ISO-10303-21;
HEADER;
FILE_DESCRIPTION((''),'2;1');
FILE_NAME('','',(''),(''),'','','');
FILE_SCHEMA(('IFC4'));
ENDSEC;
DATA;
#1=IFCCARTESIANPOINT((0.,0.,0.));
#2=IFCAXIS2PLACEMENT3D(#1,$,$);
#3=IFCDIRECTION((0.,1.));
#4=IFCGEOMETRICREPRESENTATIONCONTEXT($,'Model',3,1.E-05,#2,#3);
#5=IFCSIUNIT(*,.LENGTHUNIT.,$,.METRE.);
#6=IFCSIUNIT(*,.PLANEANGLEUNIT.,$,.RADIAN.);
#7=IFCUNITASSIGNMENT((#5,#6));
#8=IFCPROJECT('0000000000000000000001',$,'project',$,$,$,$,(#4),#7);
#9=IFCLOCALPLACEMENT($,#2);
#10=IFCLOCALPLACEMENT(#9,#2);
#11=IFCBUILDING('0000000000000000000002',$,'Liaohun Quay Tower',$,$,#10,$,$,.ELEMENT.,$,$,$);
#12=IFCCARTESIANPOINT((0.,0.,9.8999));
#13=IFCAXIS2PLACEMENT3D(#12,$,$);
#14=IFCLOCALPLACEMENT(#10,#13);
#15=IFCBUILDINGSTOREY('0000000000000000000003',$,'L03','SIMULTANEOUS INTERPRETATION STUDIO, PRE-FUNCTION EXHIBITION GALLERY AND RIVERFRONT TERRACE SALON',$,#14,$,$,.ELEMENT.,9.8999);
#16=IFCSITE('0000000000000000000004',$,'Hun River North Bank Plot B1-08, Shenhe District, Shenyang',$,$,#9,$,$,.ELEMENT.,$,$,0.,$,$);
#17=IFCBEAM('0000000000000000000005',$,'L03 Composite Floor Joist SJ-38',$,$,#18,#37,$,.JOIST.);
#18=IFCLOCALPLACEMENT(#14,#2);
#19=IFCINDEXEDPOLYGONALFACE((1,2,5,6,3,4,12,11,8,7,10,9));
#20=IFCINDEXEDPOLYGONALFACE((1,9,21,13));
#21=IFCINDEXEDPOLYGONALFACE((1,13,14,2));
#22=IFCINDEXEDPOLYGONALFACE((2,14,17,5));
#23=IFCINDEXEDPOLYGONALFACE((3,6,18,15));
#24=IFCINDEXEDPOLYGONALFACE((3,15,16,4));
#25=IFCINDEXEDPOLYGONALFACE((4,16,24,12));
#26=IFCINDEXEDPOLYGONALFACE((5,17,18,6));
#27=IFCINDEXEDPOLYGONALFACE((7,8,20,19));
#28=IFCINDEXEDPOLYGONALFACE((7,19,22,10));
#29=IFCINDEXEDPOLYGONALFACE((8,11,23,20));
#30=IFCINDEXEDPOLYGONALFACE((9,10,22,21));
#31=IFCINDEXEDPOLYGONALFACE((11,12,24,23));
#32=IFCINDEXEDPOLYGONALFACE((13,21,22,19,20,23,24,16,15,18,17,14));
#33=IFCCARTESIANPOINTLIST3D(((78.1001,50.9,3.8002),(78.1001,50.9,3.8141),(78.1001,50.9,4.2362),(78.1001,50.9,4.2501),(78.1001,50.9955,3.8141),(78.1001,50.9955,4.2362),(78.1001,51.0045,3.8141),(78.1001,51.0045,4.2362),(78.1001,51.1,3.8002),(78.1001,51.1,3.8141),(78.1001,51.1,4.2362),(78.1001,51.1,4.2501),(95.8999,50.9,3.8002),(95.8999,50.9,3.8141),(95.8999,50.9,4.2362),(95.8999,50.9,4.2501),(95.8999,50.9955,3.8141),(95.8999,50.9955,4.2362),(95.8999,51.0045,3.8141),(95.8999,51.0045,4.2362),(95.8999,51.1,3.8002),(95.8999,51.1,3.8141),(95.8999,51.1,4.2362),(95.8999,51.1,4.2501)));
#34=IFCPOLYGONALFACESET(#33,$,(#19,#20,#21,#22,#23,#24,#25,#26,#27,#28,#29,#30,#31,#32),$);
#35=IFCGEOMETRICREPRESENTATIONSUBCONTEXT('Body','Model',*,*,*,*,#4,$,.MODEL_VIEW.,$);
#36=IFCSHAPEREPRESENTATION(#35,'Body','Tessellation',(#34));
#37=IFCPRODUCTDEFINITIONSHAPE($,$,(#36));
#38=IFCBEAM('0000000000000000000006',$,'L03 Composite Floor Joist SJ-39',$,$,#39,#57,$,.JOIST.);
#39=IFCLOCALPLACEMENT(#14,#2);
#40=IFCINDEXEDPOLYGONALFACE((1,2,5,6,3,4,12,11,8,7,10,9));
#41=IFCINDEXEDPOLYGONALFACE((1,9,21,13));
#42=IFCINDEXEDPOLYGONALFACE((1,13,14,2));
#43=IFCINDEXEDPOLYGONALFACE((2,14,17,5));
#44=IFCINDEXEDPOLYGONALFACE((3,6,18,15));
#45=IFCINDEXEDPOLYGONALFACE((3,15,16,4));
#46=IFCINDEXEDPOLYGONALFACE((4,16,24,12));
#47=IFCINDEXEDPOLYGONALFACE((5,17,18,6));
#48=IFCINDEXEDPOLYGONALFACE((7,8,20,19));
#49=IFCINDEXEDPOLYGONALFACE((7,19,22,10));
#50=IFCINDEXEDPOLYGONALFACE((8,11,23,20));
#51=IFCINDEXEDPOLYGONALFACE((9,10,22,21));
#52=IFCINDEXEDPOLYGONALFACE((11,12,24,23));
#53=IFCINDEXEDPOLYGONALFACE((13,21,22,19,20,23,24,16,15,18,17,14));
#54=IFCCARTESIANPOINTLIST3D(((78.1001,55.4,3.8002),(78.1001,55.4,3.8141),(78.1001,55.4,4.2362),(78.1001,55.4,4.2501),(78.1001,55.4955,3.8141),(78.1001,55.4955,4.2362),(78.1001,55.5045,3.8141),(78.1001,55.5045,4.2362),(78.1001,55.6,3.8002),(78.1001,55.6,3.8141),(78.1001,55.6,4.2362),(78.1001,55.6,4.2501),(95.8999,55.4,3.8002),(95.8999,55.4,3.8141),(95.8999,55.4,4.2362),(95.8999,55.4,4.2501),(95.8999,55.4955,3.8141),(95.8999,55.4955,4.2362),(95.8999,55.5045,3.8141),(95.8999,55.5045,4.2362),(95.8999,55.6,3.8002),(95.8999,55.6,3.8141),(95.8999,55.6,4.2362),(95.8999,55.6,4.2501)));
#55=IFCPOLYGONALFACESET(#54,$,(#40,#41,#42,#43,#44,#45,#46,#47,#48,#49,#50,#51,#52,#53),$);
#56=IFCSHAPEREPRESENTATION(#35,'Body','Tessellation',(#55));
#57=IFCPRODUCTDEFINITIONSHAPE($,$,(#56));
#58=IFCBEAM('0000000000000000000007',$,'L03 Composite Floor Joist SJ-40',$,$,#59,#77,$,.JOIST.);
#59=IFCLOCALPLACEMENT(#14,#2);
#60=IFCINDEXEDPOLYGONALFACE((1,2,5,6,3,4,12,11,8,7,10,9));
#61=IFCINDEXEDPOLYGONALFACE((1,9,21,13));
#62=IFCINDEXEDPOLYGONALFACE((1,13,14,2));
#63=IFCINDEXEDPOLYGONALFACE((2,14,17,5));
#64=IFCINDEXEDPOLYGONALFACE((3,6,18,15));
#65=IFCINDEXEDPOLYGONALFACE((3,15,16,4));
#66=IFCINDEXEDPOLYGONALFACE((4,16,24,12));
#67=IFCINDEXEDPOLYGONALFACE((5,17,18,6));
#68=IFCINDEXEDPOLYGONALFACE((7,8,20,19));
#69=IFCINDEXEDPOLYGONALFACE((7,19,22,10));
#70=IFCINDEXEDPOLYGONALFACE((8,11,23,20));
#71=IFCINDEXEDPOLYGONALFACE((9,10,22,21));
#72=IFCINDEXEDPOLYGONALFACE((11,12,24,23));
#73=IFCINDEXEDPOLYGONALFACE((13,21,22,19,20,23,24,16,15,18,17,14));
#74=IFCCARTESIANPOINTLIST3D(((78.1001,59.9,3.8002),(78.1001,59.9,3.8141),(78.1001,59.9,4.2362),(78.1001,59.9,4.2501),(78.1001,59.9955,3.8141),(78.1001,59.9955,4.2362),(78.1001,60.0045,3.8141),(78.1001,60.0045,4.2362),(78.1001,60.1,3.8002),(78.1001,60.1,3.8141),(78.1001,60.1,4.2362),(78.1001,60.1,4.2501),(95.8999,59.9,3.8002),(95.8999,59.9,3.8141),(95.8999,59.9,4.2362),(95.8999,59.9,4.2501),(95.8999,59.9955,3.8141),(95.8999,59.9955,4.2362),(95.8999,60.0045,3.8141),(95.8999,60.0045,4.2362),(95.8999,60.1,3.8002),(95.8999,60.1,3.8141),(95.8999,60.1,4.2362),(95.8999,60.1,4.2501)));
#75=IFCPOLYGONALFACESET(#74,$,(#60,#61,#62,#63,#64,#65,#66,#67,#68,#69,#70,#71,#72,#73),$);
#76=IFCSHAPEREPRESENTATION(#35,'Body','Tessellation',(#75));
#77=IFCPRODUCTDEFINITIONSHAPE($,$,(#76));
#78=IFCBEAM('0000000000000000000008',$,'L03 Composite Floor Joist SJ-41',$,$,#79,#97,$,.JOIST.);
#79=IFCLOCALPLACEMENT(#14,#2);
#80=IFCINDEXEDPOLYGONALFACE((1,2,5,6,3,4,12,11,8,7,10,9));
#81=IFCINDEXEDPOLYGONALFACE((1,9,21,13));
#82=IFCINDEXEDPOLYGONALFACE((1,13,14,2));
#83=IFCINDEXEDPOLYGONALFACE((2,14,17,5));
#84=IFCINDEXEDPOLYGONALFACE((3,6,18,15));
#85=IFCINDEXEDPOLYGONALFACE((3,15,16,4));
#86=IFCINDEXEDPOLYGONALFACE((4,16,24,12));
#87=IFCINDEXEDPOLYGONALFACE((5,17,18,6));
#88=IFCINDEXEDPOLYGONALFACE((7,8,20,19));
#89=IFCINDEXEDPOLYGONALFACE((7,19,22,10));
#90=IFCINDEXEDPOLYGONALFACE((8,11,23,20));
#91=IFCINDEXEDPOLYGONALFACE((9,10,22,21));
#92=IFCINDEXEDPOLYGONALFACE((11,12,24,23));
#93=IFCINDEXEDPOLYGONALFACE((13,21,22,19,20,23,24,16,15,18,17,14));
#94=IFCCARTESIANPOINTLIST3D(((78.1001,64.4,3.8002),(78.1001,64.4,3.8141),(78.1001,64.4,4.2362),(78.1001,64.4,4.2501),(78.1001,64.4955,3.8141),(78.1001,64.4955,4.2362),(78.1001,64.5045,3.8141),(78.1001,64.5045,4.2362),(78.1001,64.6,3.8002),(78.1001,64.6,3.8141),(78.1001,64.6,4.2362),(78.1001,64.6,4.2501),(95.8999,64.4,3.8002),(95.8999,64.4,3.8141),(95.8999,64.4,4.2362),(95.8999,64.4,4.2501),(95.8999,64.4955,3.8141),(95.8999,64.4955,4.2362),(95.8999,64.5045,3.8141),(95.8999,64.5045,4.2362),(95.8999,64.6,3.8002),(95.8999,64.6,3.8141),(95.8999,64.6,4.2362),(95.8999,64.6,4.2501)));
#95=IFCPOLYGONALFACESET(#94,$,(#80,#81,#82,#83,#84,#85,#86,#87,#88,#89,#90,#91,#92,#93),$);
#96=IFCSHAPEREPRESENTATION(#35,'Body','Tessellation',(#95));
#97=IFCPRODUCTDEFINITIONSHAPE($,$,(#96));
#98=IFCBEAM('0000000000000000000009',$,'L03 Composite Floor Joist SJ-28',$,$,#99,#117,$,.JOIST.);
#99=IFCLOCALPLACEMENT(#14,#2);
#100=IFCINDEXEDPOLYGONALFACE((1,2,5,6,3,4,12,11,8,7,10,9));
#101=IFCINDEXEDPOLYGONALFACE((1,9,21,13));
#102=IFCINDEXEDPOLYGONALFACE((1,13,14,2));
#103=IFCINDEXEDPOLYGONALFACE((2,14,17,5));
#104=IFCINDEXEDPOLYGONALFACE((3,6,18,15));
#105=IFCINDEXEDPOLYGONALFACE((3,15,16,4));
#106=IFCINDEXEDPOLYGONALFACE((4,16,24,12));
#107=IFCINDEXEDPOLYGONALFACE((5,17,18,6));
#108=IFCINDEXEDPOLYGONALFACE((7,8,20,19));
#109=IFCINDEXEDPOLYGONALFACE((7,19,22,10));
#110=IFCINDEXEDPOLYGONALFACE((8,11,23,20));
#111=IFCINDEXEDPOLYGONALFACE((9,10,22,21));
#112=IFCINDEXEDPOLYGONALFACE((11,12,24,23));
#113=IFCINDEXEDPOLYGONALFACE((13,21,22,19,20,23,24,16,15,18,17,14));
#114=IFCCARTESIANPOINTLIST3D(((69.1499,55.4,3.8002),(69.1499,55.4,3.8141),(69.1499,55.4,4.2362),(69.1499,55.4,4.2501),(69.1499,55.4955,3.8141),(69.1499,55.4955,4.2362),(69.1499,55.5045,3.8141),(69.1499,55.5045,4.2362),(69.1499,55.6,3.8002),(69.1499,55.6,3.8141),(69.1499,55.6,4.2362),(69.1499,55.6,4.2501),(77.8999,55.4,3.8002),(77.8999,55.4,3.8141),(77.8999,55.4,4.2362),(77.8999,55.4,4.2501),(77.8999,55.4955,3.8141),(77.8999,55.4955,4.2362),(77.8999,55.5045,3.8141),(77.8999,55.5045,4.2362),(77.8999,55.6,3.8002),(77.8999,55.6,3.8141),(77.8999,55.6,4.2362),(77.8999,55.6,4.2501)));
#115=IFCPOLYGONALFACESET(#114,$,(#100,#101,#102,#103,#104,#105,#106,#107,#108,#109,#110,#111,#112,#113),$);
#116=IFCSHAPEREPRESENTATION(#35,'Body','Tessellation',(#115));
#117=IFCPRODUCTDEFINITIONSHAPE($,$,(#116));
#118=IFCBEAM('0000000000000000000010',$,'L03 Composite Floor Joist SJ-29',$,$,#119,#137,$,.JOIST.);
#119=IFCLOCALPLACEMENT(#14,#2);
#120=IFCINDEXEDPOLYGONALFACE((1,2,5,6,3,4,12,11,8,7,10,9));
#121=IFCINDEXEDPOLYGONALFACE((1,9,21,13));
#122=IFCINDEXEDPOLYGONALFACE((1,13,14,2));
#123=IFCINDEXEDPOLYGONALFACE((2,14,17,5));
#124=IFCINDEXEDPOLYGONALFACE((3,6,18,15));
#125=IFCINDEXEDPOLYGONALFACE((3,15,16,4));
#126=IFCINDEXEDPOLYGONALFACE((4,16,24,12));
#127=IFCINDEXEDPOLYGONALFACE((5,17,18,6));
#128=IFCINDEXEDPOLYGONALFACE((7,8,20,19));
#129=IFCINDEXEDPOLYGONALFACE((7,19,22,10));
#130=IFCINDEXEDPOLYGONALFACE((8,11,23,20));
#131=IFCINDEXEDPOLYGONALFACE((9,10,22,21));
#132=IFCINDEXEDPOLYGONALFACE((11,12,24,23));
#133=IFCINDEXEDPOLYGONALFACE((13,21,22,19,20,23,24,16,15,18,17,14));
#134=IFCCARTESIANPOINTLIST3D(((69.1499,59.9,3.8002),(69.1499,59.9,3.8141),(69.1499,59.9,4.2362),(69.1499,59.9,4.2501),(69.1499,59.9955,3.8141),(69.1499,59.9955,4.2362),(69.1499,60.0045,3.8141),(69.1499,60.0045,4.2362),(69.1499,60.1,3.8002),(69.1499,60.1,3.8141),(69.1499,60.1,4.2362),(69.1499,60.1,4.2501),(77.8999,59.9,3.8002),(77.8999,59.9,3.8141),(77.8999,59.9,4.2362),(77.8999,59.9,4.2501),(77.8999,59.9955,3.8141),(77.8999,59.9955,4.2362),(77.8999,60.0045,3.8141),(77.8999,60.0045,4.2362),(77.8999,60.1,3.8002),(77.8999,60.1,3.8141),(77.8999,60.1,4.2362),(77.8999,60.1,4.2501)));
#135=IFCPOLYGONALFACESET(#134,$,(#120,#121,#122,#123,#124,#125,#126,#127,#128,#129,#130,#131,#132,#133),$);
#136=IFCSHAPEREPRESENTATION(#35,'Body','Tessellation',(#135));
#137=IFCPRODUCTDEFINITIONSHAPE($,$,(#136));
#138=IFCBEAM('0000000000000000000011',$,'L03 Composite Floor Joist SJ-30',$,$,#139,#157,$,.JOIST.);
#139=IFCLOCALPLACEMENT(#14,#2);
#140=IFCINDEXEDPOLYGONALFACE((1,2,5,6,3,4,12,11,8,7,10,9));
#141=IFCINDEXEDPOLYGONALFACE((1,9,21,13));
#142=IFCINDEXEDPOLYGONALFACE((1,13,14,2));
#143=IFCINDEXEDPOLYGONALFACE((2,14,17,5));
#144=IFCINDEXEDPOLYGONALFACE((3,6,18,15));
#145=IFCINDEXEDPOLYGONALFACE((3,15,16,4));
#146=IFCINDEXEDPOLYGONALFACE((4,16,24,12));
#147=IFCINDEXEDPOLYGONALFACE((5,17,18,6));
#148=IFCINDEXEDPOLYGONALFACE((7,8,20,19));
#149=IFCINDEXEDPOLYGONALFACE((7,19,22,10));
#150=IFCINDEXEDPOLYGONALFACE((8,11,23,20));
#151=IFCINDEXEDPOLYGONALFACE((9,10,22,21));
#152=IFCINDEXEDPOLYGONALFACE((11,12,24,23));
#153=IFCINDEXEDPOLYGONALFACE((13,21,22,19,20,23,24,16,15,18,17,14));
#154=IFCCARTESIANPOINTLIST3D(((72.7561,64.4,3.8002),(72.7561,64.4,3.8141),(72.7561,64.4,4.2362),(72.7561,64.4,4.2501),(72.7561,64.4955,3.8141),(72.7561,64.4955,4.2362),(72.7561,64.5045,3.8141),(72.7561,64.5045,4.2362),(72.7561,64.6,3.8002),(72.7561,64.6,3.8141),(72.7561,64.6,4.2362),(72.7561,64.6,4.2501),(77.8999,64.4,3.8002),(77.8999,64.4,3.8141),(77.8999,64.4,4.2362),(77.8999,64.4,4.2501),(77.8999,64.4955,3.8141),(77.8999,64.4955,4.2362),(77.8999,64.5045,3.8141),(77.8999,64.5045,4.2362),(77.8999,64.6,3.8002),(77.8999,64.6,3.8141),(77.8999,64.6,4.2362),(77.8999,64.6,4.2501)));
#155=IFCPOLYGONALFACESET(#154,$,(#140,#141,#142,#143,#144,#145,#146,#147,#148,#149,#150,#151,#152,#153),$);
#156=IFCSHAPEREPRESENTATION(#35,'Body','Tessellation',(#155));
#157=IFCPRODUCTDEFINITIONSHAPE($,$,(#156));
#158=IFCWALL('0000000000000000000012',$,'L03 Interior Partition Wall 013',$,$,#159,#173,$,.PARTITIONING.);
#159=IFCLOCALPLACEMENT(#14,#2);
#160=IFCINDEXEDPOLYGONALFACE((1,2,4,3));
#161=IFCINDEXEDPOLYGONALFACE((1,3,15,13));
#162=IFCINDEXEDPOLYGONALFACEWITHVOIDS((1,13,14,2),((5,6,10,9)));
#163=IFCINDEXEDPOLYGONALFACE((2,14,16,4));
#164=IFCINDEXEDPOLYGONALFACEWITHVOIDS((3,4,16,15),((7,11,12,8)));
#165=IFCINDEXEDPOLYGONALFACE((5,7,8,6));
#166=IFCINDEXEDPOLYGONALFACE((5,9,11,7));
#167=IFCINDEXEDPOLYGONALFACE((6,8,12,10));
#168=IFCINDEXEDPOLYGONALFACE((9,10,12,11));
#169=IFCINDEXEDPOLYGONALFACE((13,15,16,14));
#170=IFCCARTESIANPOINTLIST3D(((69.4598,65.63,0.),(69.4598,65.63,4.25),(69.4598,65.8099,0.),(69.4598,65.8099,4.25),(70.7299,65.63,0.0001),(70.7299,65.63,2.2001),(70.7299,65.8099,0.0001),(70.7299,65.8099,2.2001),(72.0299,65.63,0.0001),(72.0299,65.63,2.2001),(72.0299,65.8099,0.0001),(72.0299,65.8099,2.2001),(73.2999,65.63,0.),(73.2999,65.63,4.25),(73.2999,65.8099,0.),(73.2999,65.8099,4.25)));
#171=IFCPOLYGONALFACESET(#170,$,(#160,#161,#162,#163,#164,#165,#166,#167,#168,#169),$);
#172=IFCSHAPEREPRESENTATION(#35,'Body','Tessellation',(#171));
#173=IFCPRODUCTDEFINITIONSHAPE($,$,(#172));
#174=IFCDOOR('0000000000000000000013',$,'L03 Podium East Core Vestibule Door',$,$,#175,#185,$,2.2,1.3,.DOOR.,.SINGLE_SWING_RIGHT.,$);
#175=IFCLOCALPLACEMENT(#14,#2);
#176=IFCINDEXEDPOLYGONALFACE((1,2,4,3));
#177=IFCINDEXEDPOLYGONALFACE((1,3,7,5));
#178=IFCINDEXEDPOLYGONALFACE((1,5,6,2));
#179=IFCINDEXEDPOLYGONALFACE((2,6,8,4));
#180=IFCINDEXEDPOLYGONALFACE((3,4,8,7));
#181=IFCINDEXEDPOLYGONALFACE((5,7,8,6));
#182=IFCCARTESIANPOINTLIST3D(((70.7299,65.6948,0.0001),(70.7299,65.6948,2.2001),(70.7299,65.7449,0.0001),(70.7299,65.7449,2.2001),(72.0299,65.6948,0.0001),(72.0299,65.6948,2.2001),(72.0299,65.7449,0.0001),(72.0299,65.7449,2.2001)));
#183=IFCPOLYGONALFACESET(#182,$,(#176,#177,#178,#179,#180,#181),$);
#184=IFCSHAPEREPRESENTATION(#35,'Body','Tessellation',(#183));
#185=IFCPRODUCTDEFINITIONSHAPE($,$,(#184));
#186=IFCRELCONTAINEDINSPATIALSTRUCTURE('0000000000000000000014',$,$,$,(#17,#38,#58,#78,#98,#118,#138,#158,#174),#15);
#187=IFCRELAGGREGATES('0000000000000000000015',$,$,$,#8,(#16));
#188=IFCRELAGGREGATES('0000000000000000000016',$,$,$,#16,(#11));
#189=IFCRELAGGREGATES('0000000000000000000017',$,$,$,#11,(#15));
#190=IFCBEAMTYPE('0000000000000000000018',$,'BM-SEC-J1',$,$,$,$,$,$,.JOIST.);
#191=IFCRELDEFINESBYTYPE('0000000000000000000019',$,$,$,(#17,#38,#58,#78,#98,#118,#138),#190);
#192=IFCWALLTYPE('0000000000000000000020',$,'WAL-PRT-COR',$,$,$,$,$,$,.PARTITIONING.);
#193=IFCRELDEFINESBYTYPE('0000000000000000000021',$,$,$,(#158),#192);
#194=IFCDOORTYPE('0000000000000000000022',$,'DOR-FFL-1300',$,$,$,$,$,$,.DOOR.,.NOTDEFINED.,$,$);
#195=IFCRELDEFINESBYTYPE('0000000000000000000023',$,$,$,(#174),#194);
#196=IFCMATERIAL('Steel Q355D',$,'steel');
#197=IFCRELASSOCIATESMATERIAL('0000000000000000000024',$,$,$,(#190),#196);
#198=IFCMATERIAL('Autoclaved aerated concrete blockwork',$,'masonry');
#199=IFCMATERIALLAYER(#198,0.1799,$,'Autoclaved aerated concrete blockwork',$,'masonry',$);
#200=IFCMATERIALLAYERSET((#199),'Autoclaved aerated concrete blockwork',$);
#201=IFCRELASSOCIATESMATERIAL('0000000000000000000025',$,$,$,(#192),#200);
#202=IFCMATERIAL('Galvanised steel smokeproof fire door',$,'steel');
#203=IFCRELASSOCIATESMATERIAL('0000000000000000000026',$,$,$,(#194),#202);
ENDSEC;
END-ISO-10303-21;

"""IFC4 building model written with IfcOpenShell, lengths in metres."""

from ifc_helpers import new_model, si_unit, direction, frame, frame_2d, origin, origin_2d, place, context, subcontext, project, spatial, rectangle, i_section, extrude, source, transform, mapped, material, layer, layer_set, material_profile, profile_set, type_object, element, fill, save


model = new_model("IFC4")

# Units and contexts
model_context = context("Model", 3, precision=1e-05, world=origin(), true_north=direction((0.0, 1.0)))
body_context = subcontext(model_context, "Body", "Model", "MODEL_VIEW")
ifc_project = project(units=[si_unit("LENGTHUNIT", "METRE"), si_unit("PLANEANGLEUNIT", "RADIAN")], contexts=[model_context])

# Site, building, storey
site_placement = place(None, origin())
site = spatial("IfcSite", under=ifc_project, at=site_placement, Name="Hun River North Bank Plot B1-08, Shenhe District, Shenyang", CompositionType="ELEMENT", RefElevation=0.0)
building_placement = place(site_placement, origin())
building = spatial("IfcBuilding", under=site, at=building_placement, Name="Liaohun Quay Tower", CompositionType="ELEMENT")
storey_placement = place(building_placement, frame((0.0, 0.0, 9.8999)))
storey = spatial("IfcBuildingStorey", under=building, at=storey_placement, Name="L03", Description="SIMULTANEOUS INTERPRETATION STUDIO, PRE-FUNCTION EXHIBITION GALLERY AND RIVERFRONT TERRACE SALON", CompositionType="ELEMENT", Elevation=9.8999)

# Beams
ifc_material_1 = material(Name="Steel Q355D", Category="steel")
ifc_material_profile = material_profile(ifc_material_1, i_section(OverallWidth=0.2, OverallDepth=0.45, WebThickness=0.009, FlangeThickness=0.0139, at=origin_2d()), Name="HN450x200x9x14")
ifc_profile_set = profile_set([ifc_material_profile], Name="Steel Q355D")
beam_type = type_object("IfcBeamType", Name="BM-SEC-J1", PredefinedType="JOIST", material=ifc_profile_set)
shared_shape_1 = source(origin(), body_context, "Body", "SweptSolid", [
    extrude(i_section(OverallWidth=0.2, OverallDepth=0.45, WebThickness=0.009, FlangeThickness=0.0139, at=origin_2d()), origin(), (0.0, 0.0, 1.0), 17.7998),
])
for number, where, z_axis, x_axis, name in (
    (1, (78.1001, 51.0, 4.0251), (1.0, 0.0, 0.0), (0.0, 1.0, 0.0), "L03 Composite Floor Joist SJ-38"),
    (2, (78.1001, 55.5, 4.0251), (1.0, 0.0, 0.0), (0.0, 1.0, 0.0), "L03 Composite Floor Joist SJ-39"),
    (3, (78.1001, 60.0, 4.0251), (1.0, 0.0, 0.0), (0.0, 1.0, 0.0), "L03 Composite Floor Joist SJ-40"),
    (4, (78.1001, 64.5, 4.0251), (1.0, 0.0, 0.0), (0.0, 1.0, 0.0), "L03 Composite Floor Joist SJ-41"),
):
    element("IfcBeam", number, at=place(storey_placement, frame(where, z_axis=z_axis, x_axis=x_axis)), inside=storey, type_object=beam_type, Name=name, PredefinedType="JOIST", context=body_context, shape_type="MappedRepresentation", body=[
        mapped(shared_shape_1, transform((0.0, 0.0, 0.0), x_axis=(1.0, 0.0, 0.0), y_axis=(0.0, 1.0, 0.0), z_axis=(0.0, 0.0, 1.0), scale=1.0)),
    ])
shared_shape_2 = source(origin(), body_context, "Body", "SweptSolid", [
    extrude(i_section(OverallWidth=0.2, OverallDepth=0.45, WebThickness=0.009, FlangeThickness=0.0139, at=origin_2d()), origin(), (0.0, 0.0, 1.0), 8.75),
])
for number, where, z_axis, x_axis, name in (
    (5, (69.1499, 55.5, 4.0251), (1.0, 0.0, 0.0), (0.0, 1.0, 0.0), "L03 Composite Floor Joist SJ-28"),
    (6, (69.1499, 60.0, 4.0251), (1.0, 0.0, 0.0), (0.0, 1.0, 0.0), "L03 Composite Floor Joist SJ-29"),
):
    element("IfcBeam", number, at=place(storey_placement, frame(where, z_axis=z_axis, x_axis=x_axis)), inside=storey, type_object=beam_type, Name=name, PredefinedType="JOIST", context=body_context, shape_type="MappedRepresentation", body=[
        mapped(shared_shape_2, transform((0.0, 0.0, 0.0), x_axis=(1.0, 0.0, 0.0), y_axis=(0.0, 1.0, 0.0), z_axis=(0.0, 0.0, 1.0), scale=1.0)),
    ])
shared_shape_3 = source(origin(), body_context, "Body", "SweptSolid", [
    extrude(i_section(OverallWidth=0.2, OverallDepth=0.45, WebThickness=0.009, FlangeThickness=0.0139, at=origin_2d()), origin(), (0.0, 0.0, 1.0), 5.1438),
])
beam_placement = place(storey_placement, frame((72.7561, 64.5, 4.0251), z_axis=(1.0, 0.0, 0.0), x_axis=(0.0, 1.0, 0.0)))
element("IfcBeam", 7, at=beam_placement, inside=storey, type_object=beam_type, Name="L03 Composite Floor Joist SJ-30", PredefinedType="JOIST", context=body_context, shape_type="MappedRepresentation", body=[
    mapped(shared_shape_3, transform((0.0, 0.0, 0.0), x_axis=(1.0, 0.0, 0.0), y_axis=(0.0, 1.0, 0.0), z_axis=(0.0, 0.0, 1.0), scale=1.0)),
])

# Wall, opening, door
ifc_material_2 = material(Name="Autoclaved aerated concrete blockwork", Category="masonry")
ifc_layer_1 = layer(ifc_material_2, 0.1799, Name="Autoclaved aerated concrete blockwork", Category="masonry")
ifc_layer_set_1 = layer_set([ifc_layer_1], Name="Autoclaved aerated concrete blockwork")
wall_type_1 = type_object("IfcWallType", Name="WAL-PRT-COR", PredefinedType="PARTITIONING", material=ifc_layer_set_1)
wall_1_placement = place(storey_placement, frame((69.46, 65.72, 0.0), z_axis=(0.0, 0.0, 1.0), x_axis=(1.0, 0.0, 0.0)))
wall_1 = element("IfcWall", 8, at=wall_1_placement, inside=storey, type_object=wall_type_1, Name="L03 Interior Partition Wall 013", PredefinedType="PARTITIONING", context=body_context, shape_type="SweptSolid", body=[
    extrude(rectangle(XDim=3.8401, YDim=0.1799, at=frame_2d((1.9199, 0.0))), origin(), (0.0, 0.0, 1.0), 4.25),
])
shared_shape_4 = source(origin(), body_context, "Body", "SweptSolid", [
    extrude(rectangle(XDim=1.3, YDim=2.2, at=frame_2d((0.6499, 1.1001))), frame((0.0, 0.0999, 0.0), z_axis=(0.0, -1.0, 0.0), x_axis=(1.0, 0.0, 0.0)), (0.0, 0.0, 1.0), 0.2),
])
opening_1_placement = place(wall_1_placement, frame((1.27, 0.0, 0.0)))
opening_1 = element("IfcOpeningElement", 9, at=opening_1_placement, cuts=wall_1, PredefinedType="OPENING", context=body_context, shape_type="MappedRepresentation", body=[
    mapped(shared_shape_4, transform((0.0, 0.0, 0.0), x_axis=(1.0, 0.0, 0.0), y_axis=(0.0, 1.0, 0.0), z_axis=(0.0, 0.0, 1.0), scale=1.0)),
])
ifc_material_3 = material(Name="Galvanised steel smokeproof fire door", Category="steel")
door_type_1 = type_object("IfcDoorType", Name="DOR-FFL-1300", OperationType="NOTDEFINED", PredefinedType="DOOR", material=ifc_material_3)
shared_shape_5 = source(origin(), body_context, "Body", "SweptSolid", [
    extrude(rectangle(XDim=1.3, YDim=2.2, at=frame_2d((0.6499, 1.1001))), frame((0.0, 0.0249, 0.0), z_axis=(0.0, -1.0, 0.0), x_axis=(1.0, 0.0, 0.0)), (0.0, 0.0, 1.0), 0.05),
])
door_1_placement = place(opening_1_placement, origin())
door_1 = element("IfcDoor", 10, at=door_1_placement, inside=storey, type_object=door_type_1, Name="L03 Podium East Core Vestibule Door", OperationType="SINGLE_SWING_RIGHT", OverallHeight=2.2, OverallWidth=1.3, PredefinedType="DOOR", context=body_context, shape_type="MappedRepresentation", body=[
    mapped(shared_shape_5, transform((0.0, 0.0, 0.0), x_axis=(1.0, 0.0, 0.0), y_axis=(0.0, 1.0, 0.0), z_axis=(0.0, 0.0, 1.0), scale=1.0)),
])
fill(opening_1, door_1)

save(model, "model.ifc")
